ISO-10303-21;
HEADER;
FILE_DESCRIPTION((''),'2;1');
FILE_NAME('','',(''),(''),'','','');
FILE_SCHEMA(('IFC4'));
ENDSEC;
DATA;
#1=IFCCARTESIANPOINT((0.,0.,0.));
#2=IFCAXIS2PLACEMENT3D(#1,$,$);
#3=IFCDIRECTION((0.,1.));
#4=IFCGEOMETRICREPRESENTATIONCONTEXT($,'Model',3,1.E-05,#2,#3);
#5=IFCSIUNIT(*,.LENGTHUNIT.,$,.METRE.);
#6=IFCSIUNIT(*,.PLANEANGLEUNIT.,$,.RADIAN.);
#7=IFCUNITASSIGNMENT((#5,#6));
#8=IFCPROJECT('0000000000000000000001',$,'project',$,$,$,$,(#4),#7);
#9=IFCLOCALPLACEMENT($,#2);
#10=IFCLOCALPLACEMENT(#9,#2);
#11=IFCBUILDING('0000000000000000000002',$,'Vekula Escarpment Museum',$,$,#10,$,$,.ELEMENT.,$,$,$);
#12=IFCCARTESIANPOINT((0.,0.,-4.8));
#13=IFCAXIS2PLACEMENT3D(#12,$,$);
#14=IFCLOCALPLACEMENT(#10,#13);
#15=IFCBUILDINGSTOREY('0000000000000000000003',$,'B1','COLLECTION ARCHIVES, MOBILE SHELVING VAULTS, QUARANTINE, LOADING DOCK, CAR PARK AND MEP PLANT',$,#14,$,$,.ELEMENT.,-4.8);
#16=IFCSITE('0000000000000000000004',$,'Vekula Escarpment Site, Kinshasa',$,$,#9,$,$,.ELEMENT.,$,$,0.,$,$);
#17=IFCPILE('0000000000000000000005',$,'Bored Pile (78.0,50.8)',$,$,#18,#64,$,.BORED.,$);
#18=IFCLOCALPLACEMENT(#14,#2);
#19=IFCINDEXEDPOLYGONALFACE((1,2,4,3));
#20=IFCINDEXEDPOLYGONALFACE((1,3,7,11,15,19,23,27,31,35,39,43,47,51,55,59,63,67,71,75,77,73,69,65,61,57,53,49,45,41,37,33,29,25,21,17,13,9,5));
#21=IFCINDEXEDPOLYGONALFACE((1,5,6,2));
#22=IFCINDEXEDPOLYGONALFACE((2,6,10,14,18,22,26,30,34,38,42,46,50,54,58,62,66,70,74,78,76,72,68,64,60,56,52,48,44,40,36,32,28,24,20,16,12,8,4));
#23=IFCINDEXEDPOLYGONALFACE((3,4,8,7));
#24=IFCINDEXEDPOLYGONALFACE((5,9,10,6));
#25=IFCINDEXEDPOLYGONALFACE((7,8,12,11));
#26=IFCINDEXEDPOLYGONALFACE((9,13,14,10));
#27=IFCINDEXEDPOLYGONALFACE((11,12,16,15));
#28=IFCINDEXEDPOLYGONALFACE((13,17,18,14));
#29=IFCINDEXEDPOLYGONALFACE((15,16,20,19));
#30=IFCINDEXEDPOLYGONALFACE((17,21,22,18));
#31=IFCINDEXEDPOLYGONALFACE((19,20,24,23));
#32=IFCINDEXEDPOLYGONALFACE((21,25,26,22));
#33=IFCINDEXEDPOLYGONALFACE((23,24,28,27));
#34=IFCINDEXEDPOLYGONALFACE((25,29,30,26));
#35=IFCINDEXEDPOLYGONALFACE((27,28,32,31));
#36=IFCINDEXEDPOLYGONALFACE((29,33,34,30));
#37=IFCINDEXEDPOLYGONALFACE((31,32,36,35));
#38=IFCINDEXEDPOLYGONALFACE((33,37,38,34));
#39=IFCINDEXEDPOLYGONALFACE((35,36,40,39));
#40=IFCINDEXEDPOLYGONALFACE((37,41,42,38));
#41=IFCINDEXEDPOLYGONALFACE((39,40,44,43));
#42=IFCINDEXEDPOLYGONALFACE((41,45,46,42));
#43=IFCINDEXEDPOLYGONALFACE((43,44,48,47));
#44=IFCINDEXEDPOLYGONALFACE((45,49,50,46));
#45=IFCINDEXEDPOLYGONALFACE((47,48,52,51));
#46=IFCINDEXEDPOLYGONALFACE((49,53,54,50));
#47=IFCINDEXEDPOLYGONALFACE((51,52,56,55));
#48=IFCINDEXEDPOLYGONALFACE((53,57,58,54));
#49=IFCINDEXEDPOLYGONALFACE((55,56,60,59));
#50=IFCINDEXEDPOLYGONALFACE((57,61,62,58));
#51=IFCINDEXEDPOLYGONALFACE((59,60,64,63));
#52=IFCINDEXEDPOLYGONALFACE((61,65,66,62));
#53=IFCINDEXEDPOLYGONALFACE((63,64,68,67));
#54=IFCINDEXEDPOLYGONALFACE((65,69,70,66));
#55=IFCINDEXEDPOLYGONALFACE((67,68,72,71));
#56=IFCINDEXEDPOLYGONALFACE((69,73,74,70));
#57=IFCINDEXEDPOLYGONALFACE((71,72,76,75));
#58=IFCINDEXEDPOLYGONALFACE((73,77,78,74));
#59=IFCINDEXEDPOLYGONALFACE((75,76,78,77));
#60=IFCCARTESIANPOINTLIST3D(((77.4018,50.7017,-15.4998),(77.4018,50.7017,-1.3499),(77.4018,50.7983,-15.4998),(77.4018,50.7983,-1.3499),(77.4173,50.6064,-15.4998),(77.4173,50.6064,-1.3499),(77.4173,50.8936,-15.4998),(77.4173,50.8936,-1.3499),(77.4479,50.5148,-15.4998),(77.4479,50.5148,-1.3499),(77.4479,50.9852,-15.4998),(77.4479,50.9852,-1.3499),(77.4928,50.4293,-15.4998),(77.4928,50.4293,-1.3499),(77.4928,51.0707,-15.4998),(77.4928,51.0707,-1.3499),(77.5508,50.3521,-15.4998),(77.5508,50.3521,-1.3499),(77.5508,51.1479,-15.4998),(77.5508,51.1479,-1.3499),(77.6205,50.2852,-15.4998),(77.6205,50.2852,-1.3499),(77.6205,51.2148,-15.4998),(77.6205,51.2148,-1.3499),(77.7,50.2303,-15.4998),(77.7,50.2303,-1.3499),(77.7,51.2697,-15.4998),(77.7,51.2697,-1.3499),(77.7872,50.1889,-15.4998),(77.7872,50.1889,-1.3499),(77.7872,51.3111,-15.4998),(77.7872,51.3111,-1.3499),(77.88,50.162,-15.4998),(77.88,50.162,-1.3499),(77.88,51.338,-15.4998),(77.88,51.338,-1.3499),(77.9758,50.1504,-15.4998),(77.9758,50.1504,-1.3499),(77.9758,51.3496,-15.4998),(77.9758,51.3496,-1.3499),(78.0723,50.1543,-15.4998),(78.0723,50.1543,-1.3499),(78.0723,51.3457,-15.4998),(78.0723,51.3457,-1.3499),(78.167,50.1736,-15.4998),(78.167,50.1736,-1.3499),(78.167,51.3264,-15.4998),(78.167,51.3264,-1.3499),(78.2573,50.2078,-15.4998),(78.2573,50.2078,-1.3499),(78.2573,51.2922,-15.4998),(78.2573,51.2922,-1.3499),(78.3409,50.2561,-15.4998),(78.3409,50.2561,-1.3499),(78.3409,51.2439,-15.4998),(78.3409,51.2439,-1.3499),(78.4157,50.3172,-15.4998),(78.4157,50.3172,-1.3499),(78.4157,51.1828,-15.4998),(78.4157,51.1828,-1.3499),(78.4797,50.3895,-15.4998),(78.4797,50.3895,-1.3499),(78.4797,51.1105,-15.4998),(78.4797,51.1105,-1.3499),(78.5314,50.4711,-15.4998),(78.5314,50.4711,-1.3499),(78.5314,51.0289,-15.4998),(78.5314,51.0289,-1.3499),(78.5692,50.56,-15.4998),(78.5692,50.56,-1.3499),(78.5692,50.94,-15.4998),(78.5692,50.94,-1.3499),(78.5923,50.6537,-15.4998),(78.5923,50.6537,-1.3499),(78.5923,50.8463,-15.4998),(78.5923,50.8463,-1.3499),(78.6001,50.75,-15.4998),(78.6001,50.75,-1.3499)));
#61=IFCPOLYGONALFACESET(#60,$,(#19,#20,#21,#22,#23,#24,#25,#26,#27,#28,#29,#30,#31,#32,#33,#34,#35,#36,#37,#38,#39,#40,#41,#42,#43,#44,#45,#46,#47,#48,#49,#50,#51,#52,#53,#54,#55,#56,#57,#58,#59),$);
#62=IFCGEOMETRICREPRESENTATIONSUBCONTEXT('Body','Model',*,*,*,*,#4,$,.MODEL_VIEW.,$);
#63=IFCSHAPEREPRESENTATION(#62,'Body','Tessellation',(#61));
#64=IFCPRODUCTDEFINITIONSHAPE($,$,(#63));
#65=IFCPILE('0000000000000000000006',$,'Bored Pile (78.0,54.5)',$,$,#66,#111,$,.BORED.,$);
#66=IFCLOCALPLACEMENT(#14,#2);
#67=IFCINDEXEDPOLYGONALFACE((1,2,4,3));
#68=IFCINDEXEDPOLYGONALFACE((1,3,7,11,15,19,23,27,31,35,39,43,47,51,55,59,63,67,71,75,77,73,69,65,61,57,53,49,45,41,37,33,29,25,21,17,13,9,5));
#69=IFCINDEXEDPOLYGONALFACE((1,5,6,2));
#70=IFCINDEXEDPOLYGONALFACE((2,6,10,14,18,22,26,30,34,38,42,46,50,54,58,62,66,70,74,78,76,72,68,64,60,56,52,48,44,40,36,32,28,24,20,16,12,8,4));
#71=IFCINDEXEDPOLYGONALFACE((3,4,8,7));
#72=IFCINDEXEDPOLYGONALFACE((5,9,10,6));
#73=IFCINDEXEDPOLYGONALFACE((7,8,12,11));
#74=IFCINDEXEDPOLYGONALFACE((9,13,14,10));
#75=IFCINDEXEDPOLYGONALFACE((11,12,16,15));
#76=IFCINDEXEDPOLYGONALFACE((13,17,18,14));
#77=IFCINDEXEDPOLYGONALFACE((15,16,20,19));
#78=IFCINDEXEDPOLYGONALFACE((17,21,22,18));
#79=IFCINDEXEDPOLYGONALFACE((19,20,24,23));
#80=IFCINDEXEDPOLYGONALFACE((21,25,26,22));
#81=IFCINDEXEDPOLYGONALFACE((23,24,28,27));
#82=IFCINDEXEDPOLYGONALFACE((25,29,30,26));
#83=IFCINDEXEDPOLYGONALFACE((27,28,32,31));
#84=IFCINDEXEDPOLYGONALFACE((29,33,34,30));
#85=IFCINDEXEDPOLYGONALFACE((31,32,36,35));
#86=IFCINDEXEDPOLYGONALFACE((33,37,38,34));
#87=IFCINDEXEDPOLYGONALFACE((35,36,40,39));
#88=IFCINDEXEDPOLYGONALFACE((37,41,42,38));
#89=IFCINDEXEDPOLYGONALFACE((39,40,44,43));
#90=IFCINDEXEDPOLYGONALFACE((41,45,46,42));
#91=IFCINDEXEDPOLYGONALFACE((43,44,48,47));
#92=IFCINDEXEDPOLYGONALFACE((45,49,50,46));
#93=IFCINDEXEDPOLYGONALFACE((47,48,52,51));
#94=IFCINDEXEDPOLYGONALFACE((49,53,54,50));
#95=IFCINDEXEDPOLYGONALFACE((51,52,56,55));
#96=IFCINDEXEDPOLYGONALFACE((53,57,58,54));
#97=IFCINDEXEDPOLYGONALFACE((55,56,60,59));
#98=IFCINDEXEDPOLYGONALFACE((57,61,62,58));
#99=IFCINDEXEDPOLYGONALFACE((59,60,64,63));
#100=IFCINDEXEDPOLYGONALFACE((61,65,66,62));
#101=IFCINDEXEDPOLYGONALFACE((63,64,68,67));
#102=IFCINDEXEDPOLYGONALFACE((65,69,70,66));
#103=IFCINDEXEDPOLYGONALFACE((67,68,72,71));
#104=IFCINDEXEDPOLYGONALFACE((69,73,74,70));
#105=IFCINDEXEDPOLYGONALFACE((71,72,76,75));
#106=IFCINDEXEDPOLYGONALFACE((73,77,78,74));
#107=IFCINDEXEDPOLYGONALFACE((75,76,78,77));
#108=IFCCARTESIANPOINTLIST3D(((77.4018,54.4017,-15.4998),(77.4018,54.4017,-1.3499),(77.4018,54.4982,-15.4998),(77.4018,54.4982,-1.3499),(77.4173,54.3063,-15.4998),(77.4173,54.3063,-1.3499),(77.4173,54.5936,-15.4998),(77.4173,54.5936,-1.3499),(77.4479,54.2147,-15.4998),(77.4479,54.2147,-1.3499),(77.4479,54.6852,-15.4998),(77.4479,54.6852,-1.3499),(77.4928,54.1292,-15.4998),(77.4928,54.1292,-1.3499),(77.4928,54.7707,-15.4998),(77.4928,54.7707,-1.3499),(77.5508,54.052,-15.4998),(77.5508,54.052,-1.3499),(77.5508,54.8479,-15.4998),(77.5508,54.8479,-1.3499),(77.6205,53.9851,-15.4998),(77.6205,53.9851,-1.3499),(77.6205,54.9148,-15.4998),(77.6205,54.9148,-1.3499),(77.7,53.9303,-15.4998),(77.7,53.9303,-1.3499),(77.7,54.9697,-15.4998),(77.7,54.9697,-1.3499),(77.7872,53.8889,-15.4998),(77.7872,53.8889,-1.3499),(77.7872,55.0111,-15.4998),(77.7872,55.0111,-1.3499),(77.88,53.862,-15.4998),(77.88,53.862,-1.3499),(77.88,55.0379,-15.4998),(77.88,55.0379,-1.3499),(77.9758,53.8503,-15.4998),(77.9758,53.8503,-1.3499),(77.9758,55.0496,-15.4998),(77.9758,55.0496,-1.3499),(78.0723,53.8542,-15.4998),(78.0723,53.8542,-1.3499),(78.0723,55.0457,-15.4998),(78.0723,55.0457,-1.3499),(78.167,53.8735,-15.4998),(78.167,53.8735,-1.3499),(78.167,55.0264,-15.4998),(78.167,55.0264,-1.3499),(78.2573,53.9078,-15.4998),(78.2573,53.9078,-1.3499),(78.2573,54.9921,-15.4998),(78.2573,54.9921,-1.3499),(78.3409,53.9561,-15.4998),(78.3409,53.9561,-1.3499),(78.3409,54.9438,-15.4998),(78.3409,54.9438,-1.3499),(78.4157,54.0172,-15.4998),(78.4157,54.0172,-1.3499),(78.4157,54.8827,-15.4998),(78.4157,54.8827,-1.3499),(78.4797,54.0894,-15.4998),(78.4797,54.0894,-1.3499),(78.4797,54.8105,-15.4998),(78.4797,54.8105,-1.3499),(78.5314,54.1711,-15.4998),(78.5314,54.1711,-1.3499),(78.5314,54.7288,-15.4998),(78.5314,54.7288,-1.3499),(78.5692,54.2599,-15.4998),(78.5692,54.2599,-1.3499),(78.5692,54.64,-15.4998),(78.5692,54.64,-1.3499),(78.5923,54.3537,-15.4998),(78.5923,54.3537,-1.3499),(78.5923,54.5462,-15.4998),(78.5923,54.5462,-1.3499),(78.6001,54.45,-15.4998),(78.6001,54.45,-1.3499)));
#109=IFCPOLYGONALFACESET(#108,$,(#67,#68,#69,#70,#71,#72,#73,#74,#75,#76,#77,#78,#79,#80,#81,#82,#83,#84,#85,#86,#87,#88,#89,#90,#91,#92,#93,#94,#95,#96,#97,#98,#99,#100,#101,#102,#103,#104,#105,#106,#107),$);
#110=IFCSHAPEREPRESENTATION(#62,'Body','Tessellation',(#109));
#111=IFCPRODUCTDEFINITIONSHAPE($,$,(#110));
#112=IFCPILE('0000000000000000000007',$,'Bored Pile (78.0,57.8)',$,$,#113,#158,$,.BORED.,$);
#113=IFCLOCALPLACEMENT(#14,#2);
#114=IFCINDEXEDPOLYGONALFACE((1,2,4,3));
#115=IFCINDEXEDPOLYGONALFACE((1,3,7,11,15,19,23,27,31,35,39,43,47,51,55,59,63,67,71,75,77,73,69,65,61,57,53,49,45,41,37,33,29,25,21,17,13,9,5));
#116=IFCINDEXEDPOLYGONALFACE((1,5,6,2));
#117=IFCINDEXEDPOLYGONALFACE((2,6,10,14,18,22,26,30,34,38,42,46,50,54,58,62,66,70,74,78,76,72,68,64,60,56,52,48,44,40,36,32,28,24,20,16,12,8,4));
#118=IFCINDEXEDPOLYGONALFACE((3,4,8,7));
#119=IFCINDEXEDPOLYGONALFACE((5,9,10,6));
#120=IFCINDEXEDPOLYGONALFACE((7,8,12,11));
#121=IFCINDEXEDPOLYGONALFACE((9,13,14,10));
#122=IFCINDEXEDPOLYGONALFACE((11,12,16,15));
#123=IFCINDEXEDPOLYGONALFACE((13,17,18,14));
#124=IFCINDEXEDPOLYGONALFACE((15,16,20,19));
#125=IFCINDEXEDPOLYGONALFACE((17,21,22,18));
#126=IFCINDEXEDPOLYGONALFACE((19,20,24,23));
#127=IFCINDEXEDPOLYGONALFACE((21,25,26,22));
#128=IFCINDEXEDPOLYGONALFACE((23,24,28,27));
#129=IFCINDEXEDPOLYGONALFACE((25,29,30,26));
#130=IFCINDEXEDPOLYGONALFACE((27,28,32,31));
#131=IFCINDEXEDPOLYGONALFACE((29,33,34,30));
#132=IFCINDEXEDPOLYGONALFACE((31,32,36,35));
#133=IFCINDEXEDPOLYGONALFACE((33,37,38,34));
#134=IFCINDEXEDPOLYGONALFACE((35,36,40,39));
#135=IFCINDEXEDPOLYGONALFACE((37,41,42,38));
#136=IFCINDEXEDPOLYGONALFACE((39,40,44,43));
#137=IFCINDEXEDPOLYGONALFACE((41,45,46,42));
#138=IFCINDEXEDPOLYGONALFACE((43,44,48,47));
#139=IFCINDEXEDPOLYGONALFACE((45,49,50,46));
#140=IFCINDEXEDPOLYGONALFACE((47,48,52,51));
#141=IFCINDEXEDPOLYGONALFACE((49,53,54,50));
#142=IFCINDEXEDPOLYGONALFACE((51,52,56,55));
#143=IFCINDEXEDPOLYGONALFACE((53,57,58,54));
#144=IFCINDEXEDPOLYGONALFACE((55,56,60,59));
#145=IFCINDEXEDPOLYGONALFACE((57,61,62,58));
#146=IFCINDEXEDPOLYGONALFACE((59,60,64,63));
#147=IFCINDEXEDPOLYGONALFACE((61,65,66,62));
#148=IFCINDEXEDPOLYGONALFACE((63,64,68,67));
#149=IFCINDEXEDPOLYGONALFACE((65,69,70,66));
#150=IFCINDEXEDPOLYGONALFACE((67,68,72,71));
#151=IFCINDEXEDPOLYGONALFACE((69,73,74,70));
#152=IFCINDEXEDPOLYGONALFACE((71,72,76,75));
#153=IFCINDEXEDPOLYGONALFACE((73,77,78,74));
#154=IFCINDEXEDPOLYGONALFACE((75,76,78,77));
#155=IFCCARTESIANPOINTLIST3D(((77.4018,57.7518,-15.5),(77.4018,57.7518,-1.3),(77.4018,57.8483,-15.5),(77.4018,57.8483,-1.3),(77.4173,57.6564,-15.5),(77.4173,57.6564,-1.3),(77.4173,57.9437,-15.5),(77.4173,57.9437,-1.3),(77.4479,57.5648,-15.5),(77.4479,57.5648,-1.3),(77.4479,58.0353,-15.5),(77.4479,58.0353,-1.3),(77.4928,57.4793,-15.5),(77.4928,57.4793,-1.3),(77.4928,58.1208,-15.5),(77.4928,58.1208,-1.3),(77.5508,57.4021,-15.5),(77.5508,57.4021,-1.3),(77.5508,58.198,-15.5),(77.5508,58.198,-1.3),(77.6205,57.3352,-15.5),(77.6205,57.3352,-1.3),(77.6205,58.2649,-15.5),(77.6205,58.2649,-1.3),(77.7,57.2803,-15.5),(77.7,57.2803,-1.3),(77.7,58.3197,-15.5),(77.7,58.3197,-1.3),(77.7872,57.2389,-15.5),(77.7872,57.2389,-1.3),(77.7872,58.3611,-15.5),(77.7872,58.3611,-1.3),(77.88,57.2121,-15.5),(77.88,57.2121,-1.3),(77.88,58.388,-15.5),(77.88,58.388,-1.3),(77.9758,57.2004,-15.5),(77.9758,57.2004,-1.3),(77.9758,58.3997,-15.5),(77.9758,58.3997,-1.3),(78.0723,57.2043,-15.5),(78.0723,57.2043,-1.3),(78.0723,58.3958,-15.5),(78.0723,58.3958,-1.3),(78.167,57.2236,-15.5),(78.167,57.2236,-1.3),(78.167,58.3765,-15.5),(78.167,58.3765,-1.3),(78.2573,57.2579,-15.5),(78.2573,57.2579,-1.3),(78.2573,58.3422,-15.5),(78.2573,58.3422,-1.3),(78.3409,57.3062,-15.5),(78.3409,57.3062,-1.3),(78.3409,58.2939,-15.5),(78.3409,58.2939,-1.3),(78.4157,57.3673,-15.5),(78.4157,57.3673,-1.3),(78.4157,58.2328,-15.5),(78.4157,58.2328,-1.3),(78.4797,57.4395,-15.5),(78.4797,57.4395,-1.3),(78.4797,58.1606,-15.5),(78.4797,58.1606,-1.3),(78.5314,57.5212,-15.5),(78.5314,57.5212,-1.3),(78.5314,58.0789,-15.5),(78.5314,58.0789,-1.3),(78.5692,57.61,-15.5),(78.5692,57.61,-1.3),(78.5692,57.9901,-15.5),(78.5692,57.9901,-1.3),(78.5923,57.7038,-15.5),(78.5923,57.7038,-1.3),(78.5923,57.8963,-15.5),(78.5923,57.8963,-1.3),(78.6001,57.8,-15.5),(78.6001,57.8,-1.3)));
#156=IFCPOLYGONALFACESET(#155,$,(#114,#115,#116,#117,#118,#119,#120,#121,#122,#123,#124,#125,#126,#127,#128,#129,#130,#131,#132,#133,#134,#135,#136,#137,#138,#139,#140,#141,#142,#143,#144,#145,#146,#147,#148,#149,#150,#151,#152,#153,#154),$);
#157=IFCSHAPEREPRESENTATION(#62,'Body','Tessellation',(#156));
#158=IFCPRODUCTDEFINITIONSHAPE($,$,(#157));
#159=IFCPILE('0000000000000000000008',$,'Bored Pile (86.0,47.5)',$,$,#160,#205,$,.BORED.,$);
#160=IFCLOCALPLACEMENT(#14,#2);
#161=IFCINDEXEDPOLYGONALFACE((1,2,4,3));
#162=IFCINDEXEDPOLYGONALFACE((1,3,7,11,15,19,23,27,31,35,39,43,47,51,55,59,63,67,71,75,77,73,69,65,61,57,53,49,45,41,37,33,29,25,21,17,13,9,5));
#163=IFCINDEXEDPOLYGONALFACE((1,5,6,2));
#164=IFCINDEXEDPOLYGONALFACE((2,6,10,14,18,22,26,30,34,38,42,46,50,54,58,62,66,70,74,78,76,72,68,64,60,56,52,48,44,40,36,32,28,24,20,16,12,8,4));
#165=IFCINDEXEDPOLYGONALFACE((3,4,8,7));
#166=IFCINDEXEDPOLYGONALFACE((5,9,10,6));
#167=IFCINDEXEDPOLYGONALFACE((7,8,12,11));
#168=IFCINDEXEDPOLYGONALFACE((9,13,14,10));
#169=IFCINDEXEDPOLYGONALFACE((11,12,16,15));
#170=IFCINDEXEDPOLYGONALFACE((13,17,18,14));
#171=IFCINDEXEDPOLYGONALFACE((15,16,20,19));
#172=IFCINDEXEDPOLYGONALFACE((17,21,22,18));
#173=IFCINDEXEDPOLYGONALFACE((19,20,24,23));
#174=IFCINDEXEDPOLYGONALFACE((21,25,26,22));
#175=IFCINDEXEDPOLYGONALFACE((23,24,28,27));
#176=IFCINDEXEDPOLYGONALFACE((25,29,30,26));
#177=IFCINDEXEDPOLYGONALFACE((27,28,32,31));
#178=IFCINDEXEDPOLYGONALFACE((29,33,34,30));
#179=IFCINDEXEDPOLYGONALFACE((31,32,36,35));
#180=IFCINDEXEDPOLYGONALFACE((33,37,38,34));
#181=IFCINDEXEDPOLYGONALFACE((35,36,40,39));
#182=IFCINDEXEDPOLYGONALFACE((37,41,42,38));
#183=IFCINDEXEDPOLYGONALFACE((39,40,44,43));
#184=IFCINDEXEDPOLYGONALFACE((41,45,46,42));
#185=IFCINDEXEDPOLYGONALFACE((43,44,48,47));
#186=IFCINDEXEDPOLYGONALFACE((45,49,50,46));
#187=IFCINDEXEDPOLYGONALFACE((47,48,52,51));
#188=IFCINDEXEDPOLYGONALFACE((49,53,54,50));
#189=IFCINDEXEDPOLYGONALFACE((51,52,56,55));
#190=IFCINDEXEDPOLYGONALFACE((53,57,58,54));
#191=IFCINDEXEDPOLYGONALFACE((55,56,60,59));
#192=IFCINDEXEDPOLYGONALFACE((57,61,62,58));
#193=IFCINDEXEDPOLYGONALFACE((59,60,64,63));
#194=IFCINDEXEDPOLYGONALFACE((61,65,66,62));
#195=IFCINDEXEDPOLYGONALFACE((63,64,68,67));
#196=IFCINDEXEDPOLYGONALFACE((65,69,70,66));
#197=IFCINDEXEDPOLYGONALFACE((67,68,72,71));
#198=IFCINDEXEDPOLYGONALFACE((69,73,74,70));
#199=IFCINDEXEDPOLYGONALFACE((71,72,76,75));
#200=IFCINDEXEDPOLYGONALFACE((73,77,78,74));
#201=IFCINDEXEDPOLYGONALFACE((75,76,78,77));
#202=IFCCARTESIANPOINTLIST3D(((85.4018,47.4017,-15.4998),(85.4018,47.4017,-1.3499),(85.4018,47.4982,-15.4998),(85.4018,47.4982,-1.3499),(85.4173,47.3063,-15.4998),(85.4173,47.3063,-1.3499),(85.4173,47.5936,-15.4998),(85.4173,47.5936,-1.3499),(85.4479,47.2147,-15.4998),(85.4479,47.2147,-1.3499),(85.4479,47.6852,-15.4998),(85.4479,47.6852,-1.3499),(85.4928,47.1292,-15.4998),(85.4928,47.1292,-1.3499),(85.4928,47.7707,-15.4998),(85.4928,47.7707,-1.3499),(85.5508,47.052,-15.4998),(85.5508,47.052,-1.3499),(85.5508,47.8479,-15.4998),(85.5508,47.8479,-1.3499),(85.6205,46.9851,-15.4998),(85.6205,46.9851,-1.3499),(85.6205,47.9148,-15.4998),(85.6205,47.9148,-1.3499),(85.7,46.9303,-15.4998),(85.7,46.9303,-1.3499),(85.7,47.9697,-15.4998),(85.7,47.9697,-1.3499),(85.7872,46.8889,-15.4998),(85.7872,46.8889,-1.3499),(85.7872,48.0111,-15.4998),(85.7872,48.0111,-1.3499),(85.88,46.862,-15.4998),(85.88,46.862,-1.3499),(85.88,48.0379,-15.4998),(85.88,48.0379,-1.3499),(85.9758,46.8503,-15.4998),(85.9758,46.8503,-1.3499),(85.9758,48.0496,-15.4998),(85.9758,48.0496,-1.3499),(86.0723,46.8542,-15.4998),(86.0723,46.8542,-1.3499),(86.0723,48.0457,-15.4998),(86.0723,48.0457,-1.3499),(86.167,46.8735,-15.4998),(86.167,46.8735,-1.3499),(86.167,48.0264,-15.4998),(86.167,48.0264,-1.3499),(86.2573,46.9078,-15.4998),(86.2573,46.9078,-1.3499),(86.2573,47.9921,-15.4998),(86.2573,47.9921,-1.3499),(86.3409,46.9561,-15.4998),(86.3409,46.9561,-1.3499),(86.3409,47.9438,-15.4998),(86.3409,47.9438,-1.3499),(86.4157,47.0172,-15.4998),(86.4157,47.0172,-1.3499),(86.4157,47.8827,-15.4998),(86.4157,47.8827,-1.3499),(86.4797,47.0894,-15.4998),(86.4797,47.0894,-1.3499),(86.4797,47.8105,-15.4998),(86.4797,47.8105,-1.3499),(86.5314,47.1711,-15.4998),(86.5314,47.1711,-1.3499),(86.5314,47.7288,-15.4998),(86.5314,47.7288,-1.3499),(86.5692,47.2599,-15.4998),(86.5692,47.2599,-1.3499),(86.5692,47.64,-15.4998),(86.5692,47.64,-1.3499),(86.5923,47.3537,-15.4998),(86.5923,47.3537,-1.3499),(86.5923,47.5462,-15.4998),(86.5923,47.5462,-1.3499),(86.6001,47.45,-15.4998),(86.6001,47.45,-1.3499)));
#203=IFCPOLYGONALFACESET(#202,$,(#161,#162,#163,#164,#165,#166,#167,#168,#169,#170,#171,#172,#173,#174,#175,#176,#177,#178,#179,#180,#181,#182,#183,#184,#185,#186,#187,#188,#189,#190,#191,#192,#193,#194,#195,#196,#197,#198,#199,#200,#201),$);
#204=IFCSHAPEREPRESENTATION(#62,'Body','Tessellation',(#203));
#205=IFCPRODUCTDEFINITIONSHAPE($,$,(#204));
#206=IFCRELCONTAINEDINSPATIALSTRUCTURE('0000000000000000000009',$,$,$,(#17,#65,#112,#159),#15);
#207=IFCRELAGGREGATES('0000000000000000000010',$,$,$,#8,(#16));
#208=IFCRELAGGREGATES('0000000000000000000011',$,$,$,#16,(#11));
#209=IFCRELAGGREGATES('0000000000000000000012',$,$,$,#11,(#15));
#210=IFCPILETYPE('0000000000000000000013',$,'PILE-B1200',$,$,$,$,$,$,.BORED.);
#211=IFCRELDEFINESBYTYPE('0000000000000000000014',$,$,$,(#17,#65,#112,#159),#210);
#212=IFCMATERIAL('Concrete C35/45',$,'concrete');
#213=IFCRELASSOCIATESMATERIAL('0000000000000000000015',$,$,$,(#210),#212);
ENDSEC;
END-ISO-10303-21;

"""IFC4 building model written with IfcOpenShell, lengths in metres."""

from ifc_helpers import new_model, si_unit, direction, frame, origin, origin_2d, place, context, subcontext, project, spatial, circle, extrude, material, material_profile, profile_set, type_object, element, save


model = new_model("IFC4")

# Units and contexts
model_context = context("Model", 3, precision=1e-05, world=origin(), true_north=direction((0.0, 1.0)))
body_context = subcontext(model_context, "Body", "Model", "MODEL_VIEW")
ifc_project = project(units=[si_unit("LENGTHUNIT", "METRE"), si_unit("PLANEANGLEUNIT", "RADIAN")], contexts=[model_context])

# Site, building, storey
site_placement = place(None, origin())
site = spatial("IfcSite", under=ifc_project, at=site_placement, Name="Vekula Escarpment Site, Kinshasa", CompositionType="ELEMENT", RefElevation=0.0)
building_placement = place(site_placement, origin())
building = spatial("IfcBuilding", under=site, at=building_placement, Name="Vekula Escarpment Museum", CompositionType="ELEMENT")
storey_placement = place(building_placement, frame((0.0, 0.0, -4.8)))
storey = spatial("IfcBuildingStorey", under=building, at=storey_placement, Name="B1", Description="COLLECTION ARCHIVES, MOBILE SHELVING VAULTS, QUARANTINE, LOADING DOCK, CAR PARK AND MEP PLANT", CompositionType="ELEMENT", Elevation=-4.8)

# Piles
ifc_material_1 = material(Name="Concrete C35/45", Category="concrete")
ifc_material_profile_1 = material_profile(ifc_material_1, circle(Radius=0.6001, at=origin_2d()), Name="BORED PILE 1200")
ifc_profile_set_1 = profile_set([ifc_material_profile_1], Name="Concrete C35/45")
pile_type = type_object("IfcPileType", Name="PILE-B1200", PredefinedType="BORED", material=ifc_profile_set_1)
for number, where, z_axis, x_axis, name in (
    (1, (78.0, 50.75, -1.3499), (0.0, 0.0, -1.0), (1.0, 0.0, 0.0), "Bored Pile (78.0,50.8)"),
    (2, (78.0, 54.45, -1.3499), (0.0, 0.0, -1.0), (1.0, 0.0, 0.0), "Bored Pile (78.0,54.5)"),
):
    element("IfcPile", number, at=place(storey_placement, frame(where, z_axis=z_axis, x_axis=x_axis)), inside=storey, type_object=pile_type, Name=name, PredefinedType="BORED", context=body_context, shape_type="SweptSolid", body=[
        extrude(circle(Radius=0.6001, at=origin_2d()), origin(), (0.0, 0.0, 1.0), 14.1499),
    ])
pile_1_placement = place(storey_placement, frame((78.0, 57.8, -1.3), z_axis=(0.0, 0.0, -1.0), x_axis=(1.0, 0.0, 0.0)))
element("IfcPile", 3, at=pile_1_placement, inside=storey, type_object=pile_type, Name="Bored Pile (78.0,57.8)", PredefinedType="BORED", context=body_context, shape_type="SweptSolid", body=[
    extrude(circle(Radius=0.6001, at=origin_2d()), origin(), (0.0, 0.0, 1.0), 14.2),
])
pile_2_placement = place(storey_placement, frame((86.0, 47.45, -1.3499), z_axis=(0.0, 0.0, -1.0), x_axis=(1.0, 0.0, 0.0)))
element("IfcPile", 4, at=pile_2_placement, inside=storey, type_object=pile_type, Name="Bored Pile (86.0,47.5)", PredefinedType="BORED", context=body_context, shape_type="SweptSolid", body=[
    extrude(circle(Radius=0.6001, at=origin_2d()), origin(), (0.0, 0.0, 1.0), 14.1499),
])

save(model, "model.ifc")
